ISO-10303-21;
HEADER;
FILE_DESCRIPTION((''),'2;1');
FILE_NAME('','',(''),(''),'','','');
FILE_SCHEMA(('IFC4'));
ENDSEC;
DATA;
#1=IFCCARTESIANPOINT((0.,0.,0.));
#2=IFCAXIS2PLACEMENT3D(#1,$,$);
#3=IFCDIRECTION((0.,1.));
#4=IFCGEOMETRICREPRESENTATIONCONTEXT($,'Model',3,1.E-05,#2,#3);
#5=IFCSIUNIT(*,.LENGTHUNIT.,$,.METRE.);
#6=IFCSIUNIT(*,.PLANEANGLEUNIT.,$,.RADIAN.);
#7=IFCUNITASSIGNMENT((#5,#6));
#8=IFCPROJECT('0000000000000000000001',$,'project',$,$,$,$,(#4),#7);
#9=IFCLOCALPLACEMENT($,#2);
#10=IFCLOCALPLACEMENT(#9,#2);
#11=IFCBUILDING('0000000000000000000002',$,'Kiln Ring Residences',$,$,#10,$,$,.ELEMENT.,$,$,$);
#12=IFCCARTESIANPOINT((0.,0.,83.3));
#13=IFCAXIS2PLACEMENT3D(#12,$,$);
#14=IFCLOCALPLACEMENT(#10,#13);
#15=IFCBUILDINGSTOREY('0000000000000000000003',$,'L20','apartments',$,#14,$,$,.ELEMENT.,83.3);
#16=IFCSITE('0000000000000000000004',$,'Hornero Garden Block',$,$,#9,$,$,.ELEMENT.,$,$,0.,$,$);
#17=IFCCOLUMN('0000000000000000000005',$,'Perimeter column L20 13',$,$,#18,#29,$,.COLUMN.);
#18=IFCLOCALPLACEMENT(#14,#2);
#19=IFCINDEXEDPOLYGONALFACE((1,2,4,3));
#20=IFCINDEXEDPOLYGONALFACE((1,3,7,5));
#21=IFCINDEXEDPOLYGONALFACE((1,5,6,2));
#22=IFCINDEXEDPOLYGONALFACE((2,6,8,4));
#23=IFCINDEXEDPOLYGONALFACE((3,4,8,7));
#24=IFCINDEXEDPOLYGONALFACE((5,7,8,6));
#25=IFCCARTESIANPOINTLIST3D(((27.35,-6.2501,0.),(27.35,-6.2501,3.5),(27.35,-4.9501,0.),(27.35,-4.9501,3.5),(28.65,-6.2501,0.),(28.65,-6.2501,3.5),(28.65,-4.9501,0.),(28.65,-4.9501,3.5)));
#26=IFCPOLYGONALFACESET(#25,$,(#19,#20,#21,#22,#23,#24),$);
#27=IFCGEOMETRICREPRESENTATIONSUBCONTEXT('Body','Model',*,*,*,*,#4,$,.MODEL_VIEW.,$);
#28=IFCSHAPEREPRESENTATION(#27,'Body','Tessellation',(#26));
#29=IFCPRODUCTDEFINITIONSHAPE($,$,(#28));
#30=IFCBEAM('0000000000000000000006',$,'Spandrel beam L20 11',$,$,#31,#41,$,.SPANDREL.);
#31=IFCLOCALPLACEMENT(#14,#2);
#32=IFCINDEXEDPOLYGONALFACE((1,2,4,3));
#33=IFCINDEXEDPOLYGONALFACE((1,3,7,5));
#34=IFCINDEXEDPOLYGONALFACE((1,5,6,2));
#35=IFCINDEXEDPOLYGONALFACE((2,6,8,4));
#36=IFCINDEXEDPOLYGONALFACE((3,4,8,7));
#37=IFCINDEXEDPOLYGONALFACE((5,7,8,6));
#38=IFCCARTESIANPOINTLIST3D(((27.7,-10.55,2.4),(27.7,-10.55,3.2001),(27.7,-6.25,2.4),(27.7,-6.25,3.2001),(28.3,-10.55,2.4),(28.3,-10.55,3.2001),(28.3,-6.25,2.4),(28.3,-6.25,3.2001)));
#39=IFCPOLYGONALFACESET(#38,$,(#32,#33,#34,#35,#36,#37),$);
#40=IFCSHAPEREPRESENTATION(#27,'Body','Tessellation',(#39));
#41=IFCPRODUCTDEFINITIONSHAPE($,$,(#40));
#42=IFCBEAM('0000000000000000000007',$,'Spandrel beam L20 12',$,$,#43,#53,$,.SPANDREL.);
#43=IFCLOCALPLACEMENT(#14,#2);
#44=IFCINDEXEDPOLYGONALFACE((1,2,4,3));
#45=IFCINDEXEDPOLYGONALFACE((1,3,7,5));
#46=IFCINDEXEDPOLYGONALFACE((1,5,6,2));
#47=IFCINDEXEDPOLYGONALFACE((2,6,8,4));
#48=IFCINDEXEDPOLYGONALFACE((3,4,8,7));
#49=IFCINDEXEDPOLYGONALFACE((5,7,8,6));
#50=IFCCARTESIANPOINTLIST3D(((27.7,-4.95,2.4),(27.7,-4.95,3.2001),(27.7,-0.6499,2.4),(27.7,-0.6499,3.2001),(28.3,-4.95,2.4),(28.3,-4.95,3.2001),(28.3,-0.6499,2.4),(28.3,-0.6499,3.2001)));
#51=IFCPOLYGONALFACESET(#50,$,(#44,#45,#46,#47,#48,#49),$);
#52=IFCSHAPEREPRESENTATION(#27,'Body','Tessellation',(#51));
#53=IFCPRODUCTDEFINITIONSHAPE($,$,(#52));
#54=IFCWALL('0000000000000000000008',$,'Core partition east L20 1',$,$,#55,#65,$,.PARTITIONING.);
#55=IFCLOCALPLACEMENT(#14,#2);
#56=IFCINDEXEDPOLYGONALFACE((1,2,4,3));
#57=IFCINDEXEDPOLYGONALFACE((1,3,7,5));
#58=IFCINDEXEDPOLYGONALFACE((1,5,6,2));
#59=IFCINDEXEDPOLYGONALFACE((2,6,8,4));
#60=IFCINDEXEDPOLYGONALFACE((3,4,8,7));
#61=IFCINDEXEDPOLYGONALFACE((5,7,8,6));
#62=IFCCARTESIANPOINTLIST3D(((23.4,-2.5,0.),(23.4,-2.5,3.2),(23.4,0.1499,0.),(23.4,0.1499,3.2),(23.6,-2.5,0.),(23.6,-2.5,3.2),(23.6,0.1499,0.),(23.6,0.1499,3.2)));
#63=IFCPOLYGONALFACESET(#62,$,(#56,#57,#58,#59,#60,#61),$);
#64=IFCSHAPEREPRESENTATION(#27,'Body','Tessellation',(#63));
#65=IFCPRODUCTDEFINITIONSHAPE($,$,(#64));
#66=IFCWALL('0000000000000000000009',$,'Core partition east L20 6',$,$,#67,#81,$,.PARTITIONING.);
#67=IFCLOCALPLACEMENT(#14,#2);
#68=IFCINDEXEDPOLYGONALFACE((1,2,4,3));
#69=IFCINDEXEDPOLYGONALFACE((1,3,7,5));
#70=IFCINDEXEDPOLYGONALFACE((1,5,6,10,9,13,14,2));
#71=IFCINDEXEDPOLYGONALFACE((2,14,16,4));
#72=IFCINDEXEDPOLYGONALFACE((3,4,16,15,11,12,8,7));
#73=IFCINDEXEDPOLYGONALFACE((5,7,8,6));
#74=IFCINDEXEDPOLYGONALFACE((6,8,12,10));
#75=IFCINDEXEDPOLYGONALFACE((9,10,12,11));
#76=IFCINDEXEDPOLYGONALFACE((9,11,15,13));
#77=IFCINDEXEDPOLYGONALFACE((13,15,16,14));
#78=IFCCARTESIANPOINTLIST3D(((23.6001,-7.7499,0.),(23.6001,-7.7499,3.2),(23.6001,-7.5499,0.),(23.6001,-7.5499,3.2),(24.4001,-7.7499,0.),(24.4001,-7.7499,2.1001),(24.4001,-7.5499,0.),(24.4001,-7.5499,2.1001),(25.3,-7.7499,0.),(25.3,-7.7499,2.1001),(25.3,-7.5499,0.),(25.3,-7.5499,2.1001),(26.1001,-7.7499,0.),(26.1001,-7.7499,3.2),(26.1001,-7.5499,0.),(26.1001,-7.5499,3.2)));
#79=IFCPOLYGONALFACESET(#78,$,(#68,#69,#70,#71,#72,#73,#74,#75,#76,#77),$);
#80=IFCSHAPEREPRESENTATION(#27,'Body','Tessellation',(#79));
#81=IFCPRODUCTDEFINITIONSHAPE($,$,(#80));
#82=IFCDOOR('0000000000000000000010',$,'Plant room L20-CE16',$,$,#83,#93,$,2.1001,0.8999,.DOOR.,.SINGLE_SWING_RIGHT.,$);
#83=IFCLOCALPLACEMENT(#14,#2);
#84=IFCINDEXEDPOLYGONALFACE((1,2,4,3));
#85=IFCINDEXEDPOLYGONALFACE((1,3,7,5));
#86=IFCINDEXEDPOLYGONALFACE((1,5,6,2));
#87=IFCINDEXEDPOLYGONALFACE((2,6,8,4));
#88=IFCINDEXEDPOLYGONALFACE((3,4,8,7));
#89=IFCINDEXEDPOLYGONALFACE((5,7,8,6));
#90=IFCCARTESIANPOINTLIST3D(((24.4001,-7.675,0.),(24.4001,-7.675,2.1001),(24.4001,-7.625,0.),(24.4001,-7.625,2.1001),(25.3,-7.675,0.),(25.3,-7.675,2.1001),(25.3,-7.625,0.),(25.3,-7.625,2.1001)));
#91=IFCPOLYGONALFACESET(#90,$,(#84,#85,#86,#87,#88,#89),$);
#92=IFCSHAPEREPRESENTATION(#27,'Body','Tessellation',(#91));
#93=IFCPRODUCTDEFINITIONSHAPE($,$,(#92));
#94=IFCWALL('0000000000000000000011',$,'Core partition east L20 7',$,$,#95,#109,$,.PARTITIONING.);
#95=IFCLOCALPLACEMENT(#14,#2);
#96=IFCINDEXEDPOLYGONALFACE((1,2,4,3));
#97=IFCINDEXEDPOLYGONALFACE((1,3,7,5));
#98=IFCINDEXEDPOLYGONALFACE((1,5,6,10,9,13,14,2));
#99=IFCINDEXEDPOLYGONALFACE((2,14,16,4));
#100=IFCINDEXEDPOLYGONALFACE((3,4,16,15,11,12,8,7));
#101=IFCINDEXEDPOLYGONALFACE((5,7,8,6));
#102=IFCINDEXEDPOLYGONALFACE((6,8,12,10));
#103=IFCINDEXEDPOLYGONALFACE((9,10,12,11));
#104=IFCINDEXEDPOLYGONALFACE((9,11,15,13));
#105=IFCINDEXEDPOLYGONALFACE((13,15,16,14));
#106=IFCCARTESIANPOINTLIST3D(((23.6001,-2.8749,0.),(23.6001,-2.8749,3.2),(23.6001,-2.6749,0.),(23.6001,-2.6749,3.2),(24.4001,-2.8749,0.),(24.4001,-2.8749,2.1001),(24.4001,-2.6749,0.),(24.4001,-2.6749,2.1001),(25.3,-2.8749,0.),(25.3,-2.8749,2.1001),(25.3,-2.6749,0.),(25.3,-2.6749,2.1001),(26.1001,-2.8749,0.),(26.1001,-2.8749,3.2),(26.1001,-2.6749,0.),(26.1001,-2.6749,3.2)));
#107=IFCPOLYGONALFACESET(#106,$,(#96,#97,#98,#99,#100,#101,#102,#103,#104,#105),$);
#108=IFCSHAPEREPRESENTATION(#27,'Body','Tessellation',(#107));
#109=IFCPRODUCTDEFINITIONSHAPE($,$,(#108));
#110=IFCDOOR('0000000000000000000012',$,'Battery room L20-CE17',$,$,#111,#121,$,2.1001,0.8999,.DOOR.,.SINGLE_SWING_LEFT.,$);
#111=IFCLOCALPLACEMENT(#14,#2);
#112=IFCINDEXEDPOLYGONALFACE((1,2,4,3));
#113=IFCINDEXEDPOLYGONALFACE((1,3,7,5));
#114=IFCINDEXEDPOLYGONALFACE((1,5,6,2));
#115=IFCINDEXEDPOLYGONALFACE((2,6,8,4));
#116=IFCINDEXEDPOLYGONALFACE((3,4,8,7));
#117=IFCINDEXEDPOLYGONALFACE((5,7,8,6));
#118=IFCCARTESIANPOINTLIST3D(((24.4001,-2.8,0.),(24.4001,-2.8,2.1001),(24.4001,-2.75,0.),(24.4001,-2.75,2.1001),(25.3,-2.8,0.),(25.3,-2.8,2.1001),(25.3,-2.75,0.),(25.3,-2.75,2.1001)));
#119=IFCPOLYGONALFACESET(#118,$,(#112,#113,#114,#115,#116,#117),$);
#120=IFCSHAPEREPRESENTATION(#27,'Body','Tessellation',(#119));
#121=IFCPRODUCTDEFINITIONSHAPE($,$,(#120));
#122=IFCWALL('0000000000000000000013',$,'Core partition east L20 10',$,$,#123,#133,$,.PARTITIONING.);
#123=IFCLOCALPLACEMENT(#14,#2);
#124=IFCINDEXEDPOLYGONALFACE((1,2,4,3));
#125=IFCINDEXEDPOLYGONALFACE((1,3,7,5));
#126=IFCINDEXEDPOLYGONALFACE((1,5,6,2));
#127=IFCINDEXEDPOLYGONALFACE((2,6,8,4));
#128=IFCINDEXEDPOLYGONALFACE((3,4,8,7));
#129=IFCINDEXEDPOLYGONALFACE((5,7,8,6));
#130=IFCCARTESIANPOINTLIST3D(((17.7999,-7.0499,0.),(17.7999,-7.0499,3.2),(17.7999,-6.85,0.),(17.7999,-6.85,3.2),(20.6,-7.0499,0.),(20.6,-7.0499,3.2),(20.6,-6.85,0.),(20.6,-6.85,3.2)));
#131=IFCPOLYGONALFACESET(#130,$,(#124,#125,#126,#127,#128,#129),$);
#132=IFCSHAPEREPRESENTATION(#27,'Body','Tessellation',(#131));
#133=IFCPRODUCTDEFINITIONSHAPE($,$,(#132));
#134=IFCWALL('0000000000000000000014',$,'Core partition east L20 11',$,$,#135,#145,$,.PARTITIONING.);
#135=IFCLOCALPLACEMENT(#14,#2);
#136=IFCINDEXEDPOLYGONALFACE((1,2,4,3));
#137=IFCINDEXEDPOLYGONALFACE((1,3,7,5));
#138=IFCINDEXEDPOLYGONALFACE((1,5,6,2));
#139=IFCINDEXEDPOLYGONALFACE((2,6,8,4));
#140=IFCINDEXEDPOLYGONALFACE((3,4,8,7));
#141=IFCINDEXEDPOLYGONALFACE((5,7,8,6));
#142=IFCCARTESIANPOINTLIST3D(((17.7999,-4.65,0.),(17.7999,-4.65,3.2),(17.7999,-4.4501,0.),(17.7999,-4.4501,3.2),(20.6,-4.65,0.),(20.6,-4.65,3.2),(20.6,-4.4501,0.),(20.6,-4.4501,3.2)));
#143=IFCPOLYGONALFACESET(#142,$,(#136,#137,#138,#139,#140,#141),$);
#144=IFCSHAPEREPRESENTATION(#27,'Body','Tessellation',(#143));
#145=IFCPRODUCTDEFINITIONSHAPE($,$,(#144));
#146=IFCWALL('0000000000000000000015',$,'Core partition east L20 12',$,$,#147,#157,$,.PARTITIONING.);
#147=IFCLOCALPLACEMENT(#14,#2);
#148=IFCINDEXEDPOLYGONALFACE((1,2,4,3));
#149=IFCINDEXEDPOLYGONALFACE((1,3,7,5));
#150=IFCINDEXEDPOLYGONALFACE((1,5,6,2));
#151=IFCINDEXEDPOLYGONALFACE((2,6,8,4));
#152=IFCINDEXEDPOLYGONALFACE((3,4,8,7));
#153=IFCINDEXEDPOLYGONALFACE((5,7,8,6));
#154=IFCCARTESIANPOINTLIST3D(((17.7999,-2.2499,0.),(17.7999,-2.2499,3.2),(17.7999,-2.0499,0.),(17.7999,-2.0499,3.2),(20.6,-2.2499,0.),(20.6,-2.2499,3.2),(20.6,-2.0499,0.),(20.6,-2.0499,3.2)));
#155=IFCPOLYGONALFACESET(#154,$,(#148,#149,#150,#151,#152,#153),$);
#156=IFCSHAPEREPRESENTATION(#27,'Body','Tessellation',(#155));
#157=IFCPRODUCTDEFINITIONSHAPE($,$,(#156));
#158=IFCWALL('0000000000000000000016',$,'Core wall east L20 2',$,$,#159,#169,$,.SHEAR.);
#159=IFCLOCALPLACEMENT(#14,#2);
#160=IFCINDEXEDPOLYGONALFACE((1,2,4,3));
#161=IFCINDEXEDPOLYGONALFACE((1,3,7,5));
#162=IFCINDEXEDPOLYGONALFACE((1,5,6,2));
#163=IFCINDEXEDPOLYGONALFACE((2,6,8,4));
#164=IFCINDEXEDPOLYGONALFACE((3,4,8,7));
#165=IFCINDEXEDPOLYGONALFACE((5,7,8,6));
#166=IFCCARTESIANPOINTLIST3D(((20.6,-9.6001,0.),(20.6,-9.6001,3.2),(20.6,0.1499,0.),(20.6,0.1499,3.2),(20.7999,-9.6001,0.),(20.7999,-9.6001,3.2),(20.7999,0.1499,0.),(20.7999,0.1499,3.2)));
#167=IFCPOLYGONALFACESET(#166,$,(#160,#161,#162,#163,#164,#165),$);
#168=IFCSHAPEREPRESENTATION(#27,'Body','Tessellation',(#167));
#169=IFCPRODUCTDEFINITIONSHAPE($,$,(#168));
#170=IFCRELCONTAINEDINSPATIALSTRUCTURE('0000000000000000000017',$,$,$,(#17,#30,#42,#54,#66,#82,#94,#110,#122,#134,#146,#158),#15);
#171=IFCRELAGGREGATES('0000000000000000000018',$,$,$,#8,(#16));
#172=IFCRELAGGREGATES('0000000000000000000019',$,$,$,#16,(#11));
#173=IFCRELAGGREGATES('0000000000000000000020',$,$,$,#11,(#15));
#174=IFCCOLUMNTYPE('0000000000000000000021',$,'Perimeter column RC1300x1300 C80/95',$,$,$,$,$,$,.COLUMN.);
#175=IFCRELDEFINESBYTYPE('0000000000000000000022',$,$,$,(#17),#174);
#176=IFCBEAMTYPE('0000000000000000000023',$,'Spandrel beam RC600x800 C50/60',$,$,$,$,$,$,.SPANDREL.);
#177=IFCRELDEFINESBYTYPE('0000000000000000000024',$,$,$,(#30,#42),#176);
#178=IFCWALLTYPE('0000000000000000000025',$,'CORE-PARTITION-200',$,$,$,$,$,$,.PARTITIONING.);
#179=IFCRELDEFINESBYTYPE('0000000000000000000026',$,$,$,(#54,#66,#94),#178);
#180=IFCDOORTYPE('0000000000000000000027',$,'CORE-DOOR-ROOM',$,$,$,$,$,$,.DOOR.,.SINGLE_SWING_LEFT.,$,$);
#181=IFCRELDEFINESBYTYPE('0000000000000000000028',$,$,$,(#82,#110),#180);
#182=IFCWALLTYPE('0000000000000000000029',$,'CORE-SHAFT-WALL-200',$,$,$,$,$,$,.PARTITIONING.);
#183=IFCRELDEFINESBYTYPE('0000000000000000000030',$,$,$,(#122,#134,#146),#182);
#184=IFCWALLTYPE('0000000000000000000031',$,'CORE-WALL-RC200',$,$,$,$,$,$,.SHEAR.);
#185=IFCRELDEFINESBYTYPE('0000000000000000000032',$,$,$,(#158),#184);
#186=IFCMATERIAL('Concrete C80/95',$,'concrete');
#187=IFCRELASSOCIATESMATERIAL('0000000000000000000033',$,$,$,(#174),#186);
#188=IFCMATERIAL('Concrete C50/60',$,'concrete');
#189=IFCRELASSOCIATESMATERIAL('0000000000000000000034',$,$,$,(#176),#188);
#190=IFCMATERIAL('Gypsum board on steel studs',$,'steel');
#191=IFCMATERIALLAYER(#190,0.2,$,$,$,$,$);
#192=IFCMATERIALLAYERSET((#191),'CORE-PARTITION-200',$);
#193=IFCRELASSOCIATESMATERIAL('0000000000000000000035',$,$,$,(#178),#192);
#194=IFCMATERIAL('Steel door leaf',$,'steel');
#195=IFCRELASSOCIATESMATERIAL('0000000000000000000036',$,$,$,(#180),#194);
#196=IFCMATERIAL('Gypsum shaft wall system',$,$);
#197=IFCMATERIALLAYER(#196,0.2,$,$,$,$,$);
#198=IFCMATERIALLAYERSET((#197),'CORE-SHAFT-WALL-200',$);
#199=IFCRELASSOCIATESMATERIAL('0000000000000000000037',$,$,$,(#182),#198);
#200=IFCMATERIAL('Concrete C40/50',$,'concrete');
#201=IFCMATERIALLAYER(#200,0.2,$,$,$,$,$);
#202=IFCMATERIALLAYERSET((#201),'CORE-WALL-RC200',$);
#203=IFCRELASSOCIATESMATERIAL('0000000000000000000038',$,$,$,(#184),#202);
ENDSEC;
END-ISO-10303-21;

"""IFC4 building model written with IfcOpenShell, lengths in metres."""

from ifc_helpers import new_model, si_unit, direction, frame, frame_2d, origin, origin_2d, place, context, subcontext, project, spatial, rectangle, extrude, material, layer, layer_set, material_profile, profile_set, type_object, element, fill, save


model = new_model("IFC4")

# Units and contexts
model_context = context("Model", 3, precision=1e-05, world=origin(), true_north=direction((0.0, 1.0)))
body_context = subcontext(model_context, "Body", "Model", "MODEL_VIEW")
ifc_project = project(units=[si_unit("LENGTHUNIT", "METRE"), si_unit("PLANEANGLEUNIT", "RADIAN")], contexts=[model_context])

# Site, building, storey
site_placement = place(None, origin())
site = spatial("IfcSite", under=ifc_project, at=site_placement, Name="Hornero Garden Block", CompositionType="ELEMENT", RefElevation=0.0)
building_placement = place(site_placement, origin())
building = spatial("IfcBuilding", under=site, at=building_placement, Name="Kiln Ring Residences", CompositionType="ELEMENT")
storey_placement = place(building_placement, frame((0.0, 0.0, 83.3)))
storey = spatial("IfcBuildingStorey", under=building, at=storey_placement, Name="L20", Description="apartments", CompositionType="ELEMENT", Elevation=83.3)

# Column
ifc_material_1 = material(Name="Concrete C80/95", Category="concrete")
ifc_material_profile_1 = material_profile(ifc_material_1, rectangle(XDim=1.3, YDim=1.3, at=origin_2d()), Name="RC1300x1300")
ifc_profile_set_1 = profile_set([ifc_material_profile_1], Name="Concrete C80/95")
column_type = type_object("IfcColumnType", Name="Perimeter column RC1300x1300 C80/95", PredefinedType="COLUMN", material=ifc_profile_set_1)
column_placement = place(storey_placement, frame((28.0, -5.6001, 0.0), z_axis=(0.0, 0.0, 1.0), x_axis=(1.0, 0.0, 0.0)))
element("IfcColumn", 1, at=column_placement, inside=storey, type_object=column_type, Name="Perimeter column L20 13", PredefinedType="COLUMN", context=body_context, shape_type="SweptSolid", body=[
    extrude(rectangle(XDim=1.3, YDim=1.3, at=origin_2d()), origin(), (0.0, 0.0, 1.0), 3.5),
])

# Beams
ifc_material_2 = material(Name="Concrete C50/60", Category="concrete")
ifc_material_profile_2 = material_profile(ifc_material_2, rectangle(XDim=0.6001, YDim=0.8, at=origin_2d()), Name="RC600x800")
ifc_profile_set_2 = profile_set([ifc_material_profile_2], Name="Concrete C50/60")
beam_type = type_object("IfcBeamType", Name="Spandrel beam RC600x800 C50/60", PredefinedType="SPANDREL", material=ifc_profile_set_2)
for number, where, z_axis, x_axis, name in (
    (2, (28.0, -10.55, 2.8), (0.0, 1.0, 0.0), (-1.0, 0.0, 0.0), "Spandrel beam L20 11"),
    (3, (28.0, -4.95, 2.8), (0.0, 1.0, 0.0), (-1.0, 0.0, 0.0), "Spandrel beam L20 12"),
):
    element("IfcBeam", number, at=place(storey_placement, frame(where, z_axis=z_axis, x_axis=x_axis)), inside=storey, type_object=beam_type, Name=name, PredefinedType="SPANDREL", context=body_context, shape_type="SweptSolid", body=[
        extrude(rectangle(XDim=0.6001, YDim=0.8, at=origin_2d()), origin(), (0.0, 0.0, 1.0), 4.3),
    ])

# Wall
ifc_material_3 = material(Name="Gypsum board on steel studs", Category="steel")
ifc_layer_1 = layer(ifc_material_3, 0.2)
ifc_layer_set_1 = layer_set([ifc_layer_1], Name="CORE-PARTITION-200")
wall_type_1 = type_object("IfcWallType", Name="CORE-PARTITION-200", PredefinedType="PARTITIONING", material=ifc_layer_set_1)
wall_1_placement = place(storey_placement, frame((23.5, -2.5, 0.0), z_axis=(0.0, 0.0, 1.0), x_axis=(0.0, 1.0, 0.0)))
element("IfcWall", 4, at=wall_1_placement, inside=storey, type_object=wall_type_1, Name="Core partition east L20 1", PredefinedType="PARTITIONING", context=body_context, shape_type="SweptSolid", body=[
    extrude(rectangle(XDim=2.6499, YDim=0.2, at=frame_2d((1.325, 0.0))), origin(), (0.0, 0.0, 1.0), 3.2),
])

# Walls, openings, doors
wall_2_placement = place(storey_placement, frame((23.6001, -7.6499, 0.0), z_axis=(0.0, 0.0, 1.0), x_axis=(1.0, 0.0, 0.0)))
wall_2 = element("IfcWall", 5, at=wall_2_placement, inside=storey, type_object=wall_type_1, Name="Core partition east L20 6", PredefinedType="PARTITIONING", context=body_context, shape_type="SweptSolid", body=[
    extrude(rectangle(XDim=2.5, YDim=0.2, at=frame_2d((1.25, 0.0))), origin(), (0.0, 0.0, 1.0), 3.2),
])
opening_1_placement = place(wall_2_placement, frame((0.8, 0.0, 0.0)))
opening_1 = element("IfcOpeningElement", 6, at=opening_1_placement, cuts=wall_2, PredefinedType="OPENING", context=body_context, shape_type="SweptSolid", body=[
    extrude(rectangle(XDim=0.8999, YDim=2.1001, at=frame_2d((0.45, 1.05))), frame((0.0, 0.1099, 0.0), z_axis=(0.0, -1.0, 0.0), x_axis=(1.0, 0.0, 0.0)), (0.0, 0.0, 1.0), 0.22),
])
ifc_material_4 = material(Name="Steel door leaf", Category="steel")
door_type_1 = type_object("IfcDoorType", Name="CORE-DOOR-ROOM", OperationType="SINGLE_SWING_LEFT", PredefinedType="DOOR", material=ifc_material_4)
door_1_placement = place(opening_1_placement, origin())
door_1 = element("IfcDoor", 7, at=door_1_placement, inside=storey, type_object=door_type_1, Name="Plant room L20-CE16", OperationType="SINGLE_SWING_RIGHT", OverallHeight=2.1001, OverallWidth=0.8999, PredefinedType="DOOR", context=body_context, shape_type="SweptSolid", body=[
    extrude(rectangle(XDim=0.8999, YDim=2.1001, at=frame_2d((0.45, 1.05))), frame((0.0, 0.0249, 0.0), z_axis=(0.0, -1.0, 0.0), x_axis=(1.0, 0.0, 0.0)), (0.0, 0.0, 1.0), 0.05),
])
fill(opening_1, door_1)
wall_3_placement = place(storey_placement, frame((23.6001, -2.7749, 0.0), z_axis=(0.0, 0.0, 1.0), x_axis=(1.0, 0.0, 0.0)))
wall_3 = element("IfcWall", 8, at=wall_3_placement, inside=storey, type_object=wall_type_1, Name="Core partition east L20 7", PredefinedType="PARTITIONING", context=body_context, shape_type="SweptSolid", body=[
    extrude(rectangle(XDim=2.5, YDim=0.2, at=frame_2d((1.25, 0.0))), origin(), (0.0, 0.0, 1.0), 3.2),
])
opening_2_placement = place(wall_3_placement, frame((0.8, 0.0, 0.0)))
opening_2 = element("IfcOpeningElement", 9, at=opening_2_placement, cuts=wall_3, PredefinedType="OPENING", context=body_context, shape_type="SweptSolid", body=[
    extrude(rectangle(XDim=0.8999, YDim=2.1001, at=frame_2d((0.45, 1.05))), frame((0.0, 0.1099, 0.0), z_axis=(0.0, -1.0, 0.0), x_axis=(1.0, 0.0, 0.0)), (0.0, 0.0, 1.0), 0.22),
])
door_2_placement = place(opening_2_placement, origin())
door_2 = element("IfcDoor", 10, at=door_2_placement, inside=storey, type_object=door_type_1, Name="Battery room L20-CE17", OperationType="SINGLE_SWING_LEFT", OverallHeight=2.1001, OverallWidth=0.8999, PredefinedType="DOOR", context=body_context, shape_type="SweptSolid", body=[
    extrude(rectangle(XDim=0.8999, YDim=2.1001, at=frame_2d((0.45, 1.05))), frame((0.0, 0.0249, 0.0), z_axis=(0.0, -1.0, 0.0), x_axis=(1.0, 0.0, 0.0)), (0.0, 0.0, 1.0), 0.05),
])
fill(opening_2, door_2)

# Walls
ifc_material_5 = material(Name="Gypsum shaft wall system")
ifc_layer_2 = layer(ifc_material_5, 0.2)
ifc_layer_set_2 = layer_set([ifc_layer_2], Name="CORE-SHAFT-WALL-200")
wall_type_2 = type_object("IfcWallType", Name="CORE-SHAFT-WALL-200", PredefinedType="PARTITIONING", material=ifc_layer_set_2)
for number, where, z_axis, x_axis, name in (
    (11, (17.8, -6.95, 0.0), (0.0, 0.0, 1.0), (1.0, 0.0, 0.0), "Core partition east L20 10"),
    (12, (17.8, -4.55, 0.0), (0.0, 0.0, 1.0), (1.0, 0.0, 0.0), "Core partition east L20 11"),
    (13, (17.8, -2.1499, 0.0), (0.0, 0.0, 1.0), (1.0, 0.0, 0.0), "Core partition east L20 12"),
):
    element("IfcWall", number, at=place(storey_placement, frame(where, z_axis=z_axis, x_axis=x_axis)), inside=storey, type_object=wall_type_2, Name=name, PredefinedType="PARTITIONING", context=body_context, shape_type="SweptSolid", body=[
        extrude(rectangle(XDim=2.8, YDim=0.2, at=frame_2d((1.3999, 0.0))), origin(), (0.0, 0.0, 1.0), 3.2),
    ])
ifc_material_6 = material(Name="Concrete C40/50", Category="concrete")
ifc_layer_3 = layer(ifc_material_6, 0.2)
ifc_layer_set_3 = layer_set([ifc_layer_3], Name="CORE-WALL-RC200")
wall_type_3 = type_object("IfcWallType", Name="CORE-WALL-RC200", PredefinedType="SHEAR", material=ifc_layer_set_3)
wall_4_placement = place(storey_placement, frame((20.7, -9.6001, 0.0), z_axis=(0.0, 0.0, 1.0), x_axis=(0.0, 1.0, 0.0)))
element("IfcWall", 14, at=wall_4_placement, inside=storey, type_object=wall_type_3, Name="Core wall east L20 2", PredefinedType="SHEAR", context=body_context, shape_type="SweptSolid", body=[
    extrude(rectangle(XDim=9.75, YDim=0.2, at=frame_2d((4.875, 0.0))), origin(), (0.0, 0.0, 1.0), 3.2),
])

save(model, "model.ifc")
